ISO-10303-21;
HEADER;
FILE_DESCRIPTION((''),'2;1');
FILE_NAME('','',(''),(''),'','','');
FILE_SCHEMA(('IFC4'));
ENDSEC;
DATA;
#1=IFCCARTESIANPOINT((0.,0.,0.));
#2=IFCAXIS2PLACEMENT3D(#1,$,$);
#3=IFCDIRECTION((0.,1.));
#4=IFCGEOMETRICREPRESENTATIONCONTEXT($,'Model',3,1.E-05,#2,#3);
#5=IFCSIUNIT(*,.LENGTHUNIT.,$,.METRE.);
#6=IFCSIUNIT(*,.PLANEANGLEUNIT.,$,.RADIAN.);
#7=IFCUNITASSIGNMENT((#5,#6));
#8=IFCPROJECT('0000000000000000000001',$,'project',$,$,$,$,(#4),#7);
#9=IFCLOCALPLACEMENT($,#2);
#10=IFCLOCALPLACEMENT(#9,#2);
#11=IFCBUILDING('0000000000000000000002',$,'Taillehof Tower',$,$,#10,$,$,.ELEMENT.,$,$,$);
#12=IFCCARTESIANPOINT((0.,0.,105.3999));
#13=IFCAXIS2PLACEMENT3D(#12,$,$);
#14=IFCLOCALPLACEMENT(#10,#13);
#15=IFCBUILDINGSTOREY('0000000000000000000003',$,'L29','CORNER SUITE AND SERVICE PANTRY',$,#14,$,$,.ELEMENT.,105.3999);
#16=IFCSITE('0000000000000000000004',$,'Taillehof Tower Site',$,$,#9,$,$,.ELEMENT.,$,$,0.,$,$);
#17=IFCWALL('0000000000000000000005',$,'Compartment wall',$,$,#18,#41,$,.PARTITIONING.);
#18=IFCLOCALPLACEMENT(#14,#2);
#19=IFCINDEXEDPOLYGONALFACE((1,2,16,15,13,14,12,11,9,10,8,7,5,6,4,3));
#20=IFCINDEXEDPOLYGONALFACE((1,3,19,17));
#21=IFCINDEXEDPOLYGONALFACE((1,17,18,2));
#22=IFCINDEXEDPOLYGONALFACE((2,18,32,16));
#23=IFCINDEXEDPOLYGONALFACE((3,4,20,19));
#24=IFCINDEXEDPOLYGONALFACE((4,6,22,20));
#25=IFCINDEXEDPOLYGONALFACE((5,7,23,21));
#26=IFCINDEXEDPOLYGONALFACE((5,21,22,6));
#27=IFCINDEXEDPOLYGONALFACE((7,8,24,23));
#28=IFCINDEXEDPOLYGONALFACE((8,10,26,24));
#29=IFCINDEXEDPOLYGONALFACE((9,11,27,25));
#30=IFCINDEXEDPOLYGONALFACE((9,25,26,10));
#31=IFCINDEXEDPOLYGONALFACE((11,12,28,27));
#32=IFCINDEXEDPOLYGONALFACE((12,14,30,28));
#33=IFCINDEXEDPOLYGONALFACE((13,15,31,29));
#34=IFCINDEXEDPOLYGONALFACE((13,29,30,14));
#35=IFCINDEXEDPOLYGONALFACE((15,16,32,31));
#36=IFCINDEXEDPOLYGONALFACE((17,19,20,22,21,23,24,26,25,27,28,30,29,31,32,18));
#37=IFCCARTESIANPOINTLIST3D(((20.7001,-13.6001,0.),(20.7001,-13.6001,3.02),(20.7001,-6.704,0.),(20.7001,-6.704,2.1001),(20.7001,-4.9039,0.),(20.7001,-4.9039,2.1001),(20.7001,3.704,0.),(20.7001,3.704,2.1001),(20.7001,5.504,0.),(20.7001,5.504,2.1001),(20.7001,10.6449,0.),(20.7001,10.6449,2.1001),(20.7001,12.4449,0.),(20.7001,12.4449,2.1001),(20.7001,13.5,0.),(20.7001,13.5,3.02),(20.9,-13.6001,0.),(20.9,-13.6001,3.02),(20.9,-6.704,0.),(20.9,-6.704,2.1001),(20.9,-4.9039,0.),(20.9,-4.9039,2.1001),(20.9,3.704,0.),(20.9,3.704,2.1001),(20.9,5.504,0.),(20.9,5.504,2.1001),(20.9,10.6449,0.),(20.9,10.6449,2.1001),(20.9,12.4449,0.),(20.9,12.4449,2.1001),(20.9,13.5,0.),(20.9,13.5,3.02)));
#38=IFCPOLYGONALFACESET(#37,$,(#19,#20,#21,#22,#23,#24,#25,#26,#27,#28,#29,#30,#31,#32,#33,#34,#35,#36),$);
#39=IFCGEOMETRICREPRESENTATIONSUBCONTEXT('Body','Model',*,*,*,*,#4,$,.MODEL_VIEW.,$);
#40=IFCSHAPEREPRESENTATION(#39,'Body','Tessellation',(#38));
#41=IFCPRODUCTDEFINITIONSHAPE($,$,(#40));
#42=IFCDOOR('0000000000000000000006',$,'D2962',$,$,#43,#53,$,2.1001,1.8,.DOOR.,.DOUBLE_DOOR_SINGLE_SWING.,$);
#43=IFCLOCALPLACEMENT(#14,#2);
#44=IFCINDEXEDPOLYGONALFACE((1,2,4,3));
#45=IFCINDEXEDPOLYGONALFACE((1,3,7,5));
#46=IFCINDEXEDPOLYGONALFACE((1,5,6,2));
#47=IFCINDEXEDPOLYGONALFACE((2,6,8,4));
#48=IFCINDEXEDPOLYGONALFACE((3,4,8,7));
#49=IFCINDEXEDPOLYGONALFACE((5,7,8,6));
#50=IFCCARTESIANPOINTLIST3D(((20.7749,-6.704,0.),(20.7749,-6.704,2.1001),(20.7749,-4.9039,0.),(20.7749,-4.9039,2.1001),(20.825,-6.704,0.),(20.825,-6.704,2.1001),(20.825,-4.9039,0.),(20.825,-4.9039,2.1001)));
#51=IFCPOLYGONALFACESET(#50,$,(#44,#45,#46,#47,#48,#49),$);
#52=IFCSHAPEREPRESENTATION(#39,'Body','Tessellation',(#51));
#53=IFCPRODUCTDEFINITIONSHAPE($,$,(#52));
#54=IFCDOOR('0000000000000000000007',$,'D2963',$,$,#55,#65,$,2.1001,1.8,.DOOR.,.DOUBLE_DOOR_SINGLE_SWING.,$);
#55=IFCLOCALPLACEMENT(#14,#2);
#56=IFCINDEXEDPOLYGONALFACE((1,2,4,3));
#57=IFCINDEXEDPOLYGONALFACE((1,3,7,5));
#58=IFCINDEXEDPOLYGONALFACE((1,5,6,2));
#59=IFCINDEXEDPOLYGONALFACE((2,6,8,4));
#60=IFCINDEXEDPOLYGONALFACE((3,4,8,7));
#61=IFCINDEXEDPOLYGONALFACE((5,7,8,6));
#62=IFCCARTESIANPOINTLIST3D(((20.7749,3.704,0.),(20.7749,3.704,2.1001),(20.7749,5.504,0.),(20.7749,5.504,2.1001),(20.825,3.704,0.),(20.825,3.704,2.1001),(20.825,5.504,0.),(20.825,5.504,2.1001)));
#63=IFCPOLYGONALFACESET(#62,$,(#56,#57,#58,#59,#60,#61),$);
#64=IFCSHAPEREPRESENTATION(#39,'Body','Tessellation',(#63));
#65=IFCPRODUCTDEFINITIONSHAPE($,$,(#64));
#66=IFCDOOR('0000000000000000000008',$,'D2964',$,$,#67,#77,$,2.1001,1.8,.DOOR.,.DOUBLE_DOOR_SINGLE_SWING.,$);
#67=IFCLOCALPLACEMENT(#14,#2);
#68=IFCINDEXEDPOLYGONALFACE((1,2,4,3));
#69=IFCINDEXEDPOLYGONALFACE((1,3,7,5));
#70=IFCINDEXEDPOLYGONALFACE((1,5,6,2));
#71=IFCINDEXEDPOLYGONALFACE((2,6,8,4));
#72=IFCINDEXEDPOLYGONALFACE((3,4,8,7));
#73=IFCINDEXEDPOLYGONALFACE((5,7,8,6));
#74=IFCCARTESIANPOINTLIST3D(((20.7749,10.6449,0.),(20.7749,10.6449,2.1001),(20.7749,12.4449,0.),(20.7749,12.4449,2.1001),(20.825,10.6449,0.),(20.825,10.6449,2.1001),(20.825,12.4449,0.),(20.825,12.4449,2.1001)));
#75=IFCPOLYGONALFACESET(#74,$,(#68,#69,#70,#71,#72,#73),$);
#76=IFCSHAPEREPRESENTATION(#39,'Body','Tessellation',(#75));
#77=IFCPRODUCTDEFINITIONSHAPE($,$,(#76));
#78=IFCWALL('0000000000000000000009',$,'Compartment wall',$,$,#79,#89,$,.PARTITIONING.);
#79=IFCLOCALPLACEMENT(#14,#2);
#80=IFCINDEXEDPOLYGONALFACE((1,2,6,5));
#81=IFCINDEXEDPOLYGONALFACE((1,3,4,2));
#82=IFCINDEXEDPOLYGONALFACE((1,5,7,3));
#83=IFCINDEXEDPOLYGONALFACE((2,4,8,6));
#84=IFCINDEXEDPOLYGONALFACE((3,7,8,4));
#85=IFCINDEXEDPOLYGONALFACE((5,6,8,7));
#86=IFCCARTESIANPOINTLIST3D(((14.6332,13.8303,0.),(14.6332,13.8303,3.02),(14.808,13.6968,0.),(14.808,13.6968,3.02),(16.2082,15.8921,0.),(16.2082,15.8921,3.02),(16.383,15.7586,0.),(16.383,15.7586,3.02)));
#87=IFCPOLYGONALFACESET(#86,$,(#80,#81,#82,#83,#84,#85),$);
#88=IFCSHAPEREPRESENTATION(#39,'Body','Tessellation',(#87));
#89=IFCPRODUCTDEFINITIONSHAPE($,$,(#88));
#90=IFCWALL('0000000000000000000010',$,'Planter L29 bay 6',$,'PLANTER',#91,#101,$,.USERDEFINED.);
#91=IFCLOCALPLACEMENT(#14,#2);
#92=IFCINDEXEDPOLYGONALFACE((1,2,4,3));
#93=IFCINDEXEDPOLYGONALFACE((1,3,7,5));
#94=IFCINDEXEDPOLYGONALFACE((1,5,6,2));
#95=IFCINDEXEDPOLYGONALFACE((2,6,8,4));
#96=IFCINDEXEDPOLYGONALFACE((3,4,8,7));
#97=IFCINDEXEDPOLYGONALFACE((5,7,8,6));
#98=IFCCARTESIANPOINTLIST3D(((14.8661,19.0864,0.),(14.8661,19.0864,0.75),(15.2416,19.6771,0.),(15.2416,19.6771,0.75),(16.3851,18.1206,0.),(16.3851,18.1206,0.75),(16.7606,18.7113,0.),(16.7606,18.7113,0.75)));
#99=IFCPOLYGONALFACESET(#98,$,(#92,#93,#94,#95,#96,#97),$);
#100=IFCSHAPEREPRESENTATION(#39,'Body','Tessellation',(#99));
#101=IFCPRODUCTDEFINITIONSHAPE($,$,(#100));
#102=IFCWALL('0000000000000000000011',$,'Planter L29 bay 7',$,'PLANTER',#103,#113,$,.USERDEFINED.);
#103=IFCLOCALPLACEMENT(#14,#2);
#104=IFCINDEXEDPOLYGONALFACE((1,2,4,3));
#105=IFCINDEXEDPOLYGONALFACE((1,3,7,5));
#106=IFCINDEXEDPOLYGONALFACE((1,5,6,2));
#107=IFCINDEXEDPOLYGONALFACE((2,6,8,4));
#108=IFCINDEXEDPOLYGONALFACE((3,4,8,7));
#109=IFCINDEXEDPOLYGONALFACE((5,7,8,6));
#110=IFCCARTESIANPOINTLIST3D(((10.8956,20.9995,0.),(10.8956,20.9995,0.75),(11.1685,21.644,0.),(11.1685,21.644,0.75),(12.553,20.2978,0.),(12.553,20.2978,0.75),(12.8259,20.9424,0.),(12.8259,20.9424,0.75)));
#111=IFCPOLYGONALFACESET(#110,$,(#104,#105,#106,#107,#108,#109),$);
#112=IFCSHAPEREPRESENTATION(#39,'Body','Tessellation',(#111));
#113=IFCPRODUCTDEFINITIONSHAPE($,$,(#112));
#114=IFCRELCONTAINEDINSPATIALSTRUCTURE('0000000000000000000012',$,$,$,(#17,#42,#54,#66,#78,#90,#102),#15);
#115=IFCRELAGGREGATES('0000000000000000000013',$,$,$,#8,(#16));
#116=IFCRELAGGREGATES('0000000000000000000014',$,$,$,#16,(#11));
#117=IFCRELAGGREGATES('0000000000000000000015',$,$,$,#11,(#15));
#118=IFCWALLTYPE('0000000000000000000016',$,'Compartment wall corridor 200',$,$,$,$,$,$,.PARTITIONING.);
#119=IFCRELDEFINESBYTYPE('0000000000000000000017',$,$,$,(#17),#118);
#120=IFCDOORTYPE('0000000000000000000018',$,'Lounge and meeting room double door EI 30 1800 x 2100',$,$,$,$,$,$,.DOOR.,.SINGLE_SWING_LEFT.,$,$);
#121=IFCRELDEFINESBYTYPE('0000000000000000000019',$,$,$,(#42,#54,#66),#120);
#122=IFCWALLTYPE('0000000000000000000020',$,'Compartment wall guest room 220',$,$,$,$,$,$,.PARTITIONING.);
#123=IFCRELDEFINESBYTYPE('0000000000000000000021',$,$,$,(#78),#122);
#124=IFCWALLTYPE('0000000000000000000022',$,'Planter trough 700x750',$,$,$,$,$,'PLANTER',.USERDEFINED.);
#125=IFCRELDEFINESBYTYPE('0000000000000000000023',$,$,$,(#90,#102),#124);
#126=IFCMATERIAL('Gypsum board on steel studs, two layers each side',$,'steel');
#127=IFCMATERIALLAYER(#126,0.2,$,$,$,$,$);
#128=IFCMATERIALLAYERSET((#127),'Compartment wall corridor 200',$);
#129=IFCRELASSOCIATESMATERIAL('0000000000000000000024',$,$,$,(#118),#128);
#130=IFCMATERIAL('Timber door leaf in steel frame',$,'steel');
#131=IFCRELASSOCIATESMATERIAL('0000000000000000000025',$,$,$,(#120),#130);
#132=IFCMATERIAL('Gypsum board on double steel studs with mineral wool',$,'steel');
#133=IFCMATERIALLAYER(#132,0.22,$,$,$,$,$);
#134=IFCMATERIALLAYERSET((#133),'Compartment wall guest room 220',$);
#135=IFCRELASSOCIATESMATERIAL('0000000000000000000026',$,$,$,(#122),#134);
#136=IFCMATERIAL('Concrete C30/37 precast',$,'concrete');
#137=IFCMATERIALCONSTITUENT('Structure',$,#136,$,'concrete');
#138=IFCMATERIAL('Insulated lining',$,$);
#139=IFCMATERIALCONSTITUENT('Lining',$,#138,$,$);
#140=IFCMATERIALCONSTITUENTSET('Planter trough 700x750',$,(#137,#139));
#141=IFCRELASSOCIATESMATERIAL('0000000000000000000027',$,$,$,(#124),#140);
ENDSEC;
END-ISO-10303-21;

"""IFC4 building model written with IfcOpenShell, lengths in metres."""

from ifc_helpers import new_model, si_unit, direction, frame, frame_2d, origin, place, context, subcontext, project, spatial, rectangle, extrude, material, layer, layer_set, constituent, constituent_set, type_object, element, fill, save


model = new_model("IFC4")

# Units and contexts
model_context = context("Model", 3, precision=1e-05, world=origin(), true_north=direction((0.0, 1.0)))
body_context = subcontext(model_context, "Body", "Model", "MODEL_VIEW")
ifc_project = project(units=[si_unit("LENGTHUNIT", "METRE"), si_unit("PLANEANGLEUNIT", "RADIAN")], contexts=[model_context])

# Site, building, storey
site_placement = place(None, origin())
site = spatial("IfcSite", under=ifc_project, at=site_placement, Name="Taillehof Tower Site", CompositionType="ELEMENT", RefElevation=0.0)
building_placement = place(site_placement, origin())
building = spatial("IfcBuilding", under=site, at=building_placement, Name="Taillehof Tower", CompositionType="ELEMENT")
storey_placement = place(building_placement, frame((0.0, 0.0, 105.3999)))
storey = spatial("IfcBuildingStorey", under=building, at=storey_placement, Name="L29", Description="CORNER SUITE AND SERVICE PANTRY", CompositionType="ELEMENT", Elevation=105.3999)

# Wall, openings, doors
ifc_material_1 = material(Name="Gypsum board on steel studs, two layers each side", Category="steel")
ifc_layer_1 = layer(ifc_material_1, 0.2)
ifc_layer_set_1 = layer_set([ifc_layer_1], Name="Compartment wall corridor 200")
wall_type_1 = type_object("IfcWallType", Name="Compartment wall corridor 200", PredefinedType="PARTITIONING", material=ifc_layer_set_1)
wall_1_placement = place(storey_placement, frame((20.8, 13.5, 0.0), z_axis=(0.0, 0.0, 1.0), x_axis=(0.0, -1.0, 0.0)))
wall_1 = element("IfcWall", 1, at=wall_1_placement, inside=storey, type_object=wall_type_1, Name="Compartment wall", PredefinedType="PARTITIONING", context=body_context, shape_type="SweptSolid", body=[
    extrude(rectangle(XDim=27.1001, YDim=0.2, at=frame_2d((13.55, 0.0))), origin(), (0.0, 0.0, 1.0), 3.02),
])
opening_1_placement = place(wall_1_placement, frame((18.4041, 0.0, 0.0)))
opening_1 = element("IfcOpeningElement", 2, at=opening_1_placement, cuts=wall_1, PredefinedType="OPENING", context=body_context, shape_type="SweptSolid", body=[
    extrude(rectangle(XDim=1.8, YDim=2.1001, at=frame_2d((0.8999, 1.05))), frame((0.0, 0.1099, 0.0), z_axis=(0.0, -1.0, 0.0), x_axis=(1.0, 0.0, 0.0)), (0.0, 0.0, 1.0), 0.22),
])
opening_2_placement = place(wall_1_placement, frame((7.9961, 0.0, 0.0)))
opening_2 = element("IfcOpeningElement", 3, at=opening_2_placement, cuts=wall_1, PredefinedType="OPENING", context=body_context, shape_type="SweptSolid", body=[
    extrude(rectangle(XDim=1.8, YDim=2.1001, at=frame_2d((0.8999, 1.05))), frame((0.0, 0.1099, 0.0), z_axis=(0.0, -1.0, 0.0), x_axis=(1.0, 0.0, 0.0)), (0.0, 0.0, 1.0), 0.22),
])
opening_3_placement = place(wall_1_placement, frame((1.0552, 0.0, 0.0)))
opening_3 = element("IfcOpeningElement", 4, at=opening_3_placement, cuts=wall_1, PredefinedType="OPENING", context=body_context, shape_type="SweptSolid", body=[
    extrude(rectangle(XDim=1.8, YDim=2.1001, at=frame_2d((0.8999, 1.05))), frame((0.0, 0.1099, 0.0), z_axis=(0.0, -1.0, 0.0), x_axis=(1.0, 0.0, 0.0)), (0.0, 0.0, 1.0), 0.22),
])
ifc_material_2 = material(Name="Timber door leaf in steel frame", Category="steel")
door_type_1 = type_object("IfcDoorType", Name="Lounge and meeting room double door EI 30 1800 x 2100", OperationType="SINGLE_SWING_LEFT", PredefinedType="DOOR", material=ifc_material_2)
door_1_placement = place(opening_1_placement, origin())
door_1 = element("IfcDoor", 5, at=door_1_placement, inside=storey, type_object=door_type_1, Name="D2962", OperationType="DOUBLE_DOOR_SINGLE_SWING", OverallHeight=2.1001, OverallWidth=1.8, PredefinedType="DOOR", context=body_context, shape_type="SweptSolid", body=[
    extrude(rectangle(XDim=1.8, YDim=2.1001, at=frame_2d((0.8999, 1.05))), frame((0.0, 0.0249, 0.0), z_axis=(0.0, -1.0, 0.0), x_axis=(1.0, 0.0, 0.0)), (0.0, 0.0, 1.0), 0.05),
])
fill(opening_1, door_1)
door_2_placement = place(opening_2_placement, origin())
door_2 = element("IfcDoor", 6, at=door_2_placement, inside=storey, type_object=door_type_1, Name="D2963", OperationType="DOUBLE_DOOR_SINGLE_SWING", OverallHeight=2.1001, OverallWidth=1.8, PredefinedType="DOOR", context=body_context, shape_type="SweptSolid", body=[
    extrude(rectangle(XDim=1.8, YDim=2.1001, at=frame_2d((0.8999, 1.05))), frame((0.0, 0.0249, 0.0), z_axis=(0.0, -1.0, 0.0), x_axis=(1.0, 0.0, 0.0)), (0.0, 0.0, 1.0), 0.05),
])
fill(opening_2, door_2)
door_3_placement = place(opening_3_placement, origin())
door_3 = element("IfcDoor", 7, at=door_3_placement, inside=storey, type_object=door_type_1, Name="D2964", OperationType="DOUBLE_DOOR_SINGLE_SWING", OverallHeight=2.1001, OverallWidth=1.8, PredefinedType="DOOR", context=body_context, shape_type="SweptSolid", body=[
    extrude(rectangle(XDim=1.8, YDim=2.1001, at=frame_2d((0.8999, 1.05))), frame((0.0, 0.0249, 0.0), z_axis=(0.0, -1.0, 0.0), x_axis=(1.0, 0.0, 0.0)), (0.0, 0.0, 1.0), 0.05),
])
fill(opening_3, door_3)

# Walls
ifc_material_3 = material(Name="Gypsum board on double steel studs with mineral wool", Category="steel")
ifc_layer_2 = layer(ifc_material_3, 0.22)
ifc_layer_set_2 = layer_set([ifc_layer_2], Name="Compartment wall guest room 220")
wall_type_2 = type_object("IfcWallType", Name="Compartment wall guest room 220", PredefinedType="PARTITIONING", material=ifc_layer_set_2)
wall_2_placement = place(storey_placement, frame((16.2957, 15.8254, 0.0), z_axis=(0.0, 0.0, 1.0), x_axis=(-0.607038, -0.794673, 0.0)))
element("IfcWall", 8, at=wall_2_placement, inside=storey, type_object=wall_type_2, Name="Compartment wall", PredefinedType="PARTITIONING", context=body_context, shape_type="SweptSolid", body=[
    extrude(rectangle(XDim=2.5945, YDim=0.22, at=frame_2d((1.2974, 0.0))), origin(), (0.0, 0.0, 1.0), 3.02),
])
ifc_material_4 = material(Name="Concrete C30/37 precast", Category="concrete")
ifc_constituent_1 = constituent(ifc_material_4, Name="Structure", Category="concrete")
ifc_material_5 = material(Name="Insulated lining")
ifc_constituent_2 = constituent(ifc_material_5, Name="Lining")
ifc_constituent_set = constituent_set(constituents=[ifc_constituent_1, ifc_constituent_2], Name="Planter trough 700x750")
wall_type_3 = type_object("IfcWallType", Name="Planter trough 700x750", ElementType="PLANTER", PredefinedType="USERDEFINED", material=ifc_constituent_set)
wall_3_placement = place(storey_placement, frame((16.5728, 18.416, 0.0), z_axis=(0.0, 0.0, 1.0), x_axis=(-0.843874, 0.536542, 0.0)))
element("IfcWall", 9, at=wall_3_placement, inside=storey, type_object=wall_type_3, Name="Planter L29 bay 6", ObjectType="PLANTER", PredefinedType="USERDEFINED", context=body_context, shape_type="SweptSolid", body=[
    extrude(rectangle(XDim=1.8, YDim=0.7, at=frame_2d((0.8999, 0.0))), origin(), (0.0, 0.0, 1.0), 0.75),
])
wall_4_placement = place(storey_placement, frame((12.6895, 20.6201, 0.0), z_axis=(0.0, 0.0, 1.0), x_axis=(-0.920883, 0.389839, 0.0)))
element("IfcWall", 10, at=wall_4_placement, inside=storey, type_object=wall_type_3, Name="Planter L29 bay 7", ObjectType="PLANTER", PredefinedType="USERDEFINED", context=body_context, shape_type="SweptSolid", body=[
    extrude(rectangle(XDim=1.7998, YDim=0.7, at=frame_2d((0.8999, 0.0))), origin(), (0.0, 0.0, 1.0), 0.75),
])

save(model, "model.ifc")
